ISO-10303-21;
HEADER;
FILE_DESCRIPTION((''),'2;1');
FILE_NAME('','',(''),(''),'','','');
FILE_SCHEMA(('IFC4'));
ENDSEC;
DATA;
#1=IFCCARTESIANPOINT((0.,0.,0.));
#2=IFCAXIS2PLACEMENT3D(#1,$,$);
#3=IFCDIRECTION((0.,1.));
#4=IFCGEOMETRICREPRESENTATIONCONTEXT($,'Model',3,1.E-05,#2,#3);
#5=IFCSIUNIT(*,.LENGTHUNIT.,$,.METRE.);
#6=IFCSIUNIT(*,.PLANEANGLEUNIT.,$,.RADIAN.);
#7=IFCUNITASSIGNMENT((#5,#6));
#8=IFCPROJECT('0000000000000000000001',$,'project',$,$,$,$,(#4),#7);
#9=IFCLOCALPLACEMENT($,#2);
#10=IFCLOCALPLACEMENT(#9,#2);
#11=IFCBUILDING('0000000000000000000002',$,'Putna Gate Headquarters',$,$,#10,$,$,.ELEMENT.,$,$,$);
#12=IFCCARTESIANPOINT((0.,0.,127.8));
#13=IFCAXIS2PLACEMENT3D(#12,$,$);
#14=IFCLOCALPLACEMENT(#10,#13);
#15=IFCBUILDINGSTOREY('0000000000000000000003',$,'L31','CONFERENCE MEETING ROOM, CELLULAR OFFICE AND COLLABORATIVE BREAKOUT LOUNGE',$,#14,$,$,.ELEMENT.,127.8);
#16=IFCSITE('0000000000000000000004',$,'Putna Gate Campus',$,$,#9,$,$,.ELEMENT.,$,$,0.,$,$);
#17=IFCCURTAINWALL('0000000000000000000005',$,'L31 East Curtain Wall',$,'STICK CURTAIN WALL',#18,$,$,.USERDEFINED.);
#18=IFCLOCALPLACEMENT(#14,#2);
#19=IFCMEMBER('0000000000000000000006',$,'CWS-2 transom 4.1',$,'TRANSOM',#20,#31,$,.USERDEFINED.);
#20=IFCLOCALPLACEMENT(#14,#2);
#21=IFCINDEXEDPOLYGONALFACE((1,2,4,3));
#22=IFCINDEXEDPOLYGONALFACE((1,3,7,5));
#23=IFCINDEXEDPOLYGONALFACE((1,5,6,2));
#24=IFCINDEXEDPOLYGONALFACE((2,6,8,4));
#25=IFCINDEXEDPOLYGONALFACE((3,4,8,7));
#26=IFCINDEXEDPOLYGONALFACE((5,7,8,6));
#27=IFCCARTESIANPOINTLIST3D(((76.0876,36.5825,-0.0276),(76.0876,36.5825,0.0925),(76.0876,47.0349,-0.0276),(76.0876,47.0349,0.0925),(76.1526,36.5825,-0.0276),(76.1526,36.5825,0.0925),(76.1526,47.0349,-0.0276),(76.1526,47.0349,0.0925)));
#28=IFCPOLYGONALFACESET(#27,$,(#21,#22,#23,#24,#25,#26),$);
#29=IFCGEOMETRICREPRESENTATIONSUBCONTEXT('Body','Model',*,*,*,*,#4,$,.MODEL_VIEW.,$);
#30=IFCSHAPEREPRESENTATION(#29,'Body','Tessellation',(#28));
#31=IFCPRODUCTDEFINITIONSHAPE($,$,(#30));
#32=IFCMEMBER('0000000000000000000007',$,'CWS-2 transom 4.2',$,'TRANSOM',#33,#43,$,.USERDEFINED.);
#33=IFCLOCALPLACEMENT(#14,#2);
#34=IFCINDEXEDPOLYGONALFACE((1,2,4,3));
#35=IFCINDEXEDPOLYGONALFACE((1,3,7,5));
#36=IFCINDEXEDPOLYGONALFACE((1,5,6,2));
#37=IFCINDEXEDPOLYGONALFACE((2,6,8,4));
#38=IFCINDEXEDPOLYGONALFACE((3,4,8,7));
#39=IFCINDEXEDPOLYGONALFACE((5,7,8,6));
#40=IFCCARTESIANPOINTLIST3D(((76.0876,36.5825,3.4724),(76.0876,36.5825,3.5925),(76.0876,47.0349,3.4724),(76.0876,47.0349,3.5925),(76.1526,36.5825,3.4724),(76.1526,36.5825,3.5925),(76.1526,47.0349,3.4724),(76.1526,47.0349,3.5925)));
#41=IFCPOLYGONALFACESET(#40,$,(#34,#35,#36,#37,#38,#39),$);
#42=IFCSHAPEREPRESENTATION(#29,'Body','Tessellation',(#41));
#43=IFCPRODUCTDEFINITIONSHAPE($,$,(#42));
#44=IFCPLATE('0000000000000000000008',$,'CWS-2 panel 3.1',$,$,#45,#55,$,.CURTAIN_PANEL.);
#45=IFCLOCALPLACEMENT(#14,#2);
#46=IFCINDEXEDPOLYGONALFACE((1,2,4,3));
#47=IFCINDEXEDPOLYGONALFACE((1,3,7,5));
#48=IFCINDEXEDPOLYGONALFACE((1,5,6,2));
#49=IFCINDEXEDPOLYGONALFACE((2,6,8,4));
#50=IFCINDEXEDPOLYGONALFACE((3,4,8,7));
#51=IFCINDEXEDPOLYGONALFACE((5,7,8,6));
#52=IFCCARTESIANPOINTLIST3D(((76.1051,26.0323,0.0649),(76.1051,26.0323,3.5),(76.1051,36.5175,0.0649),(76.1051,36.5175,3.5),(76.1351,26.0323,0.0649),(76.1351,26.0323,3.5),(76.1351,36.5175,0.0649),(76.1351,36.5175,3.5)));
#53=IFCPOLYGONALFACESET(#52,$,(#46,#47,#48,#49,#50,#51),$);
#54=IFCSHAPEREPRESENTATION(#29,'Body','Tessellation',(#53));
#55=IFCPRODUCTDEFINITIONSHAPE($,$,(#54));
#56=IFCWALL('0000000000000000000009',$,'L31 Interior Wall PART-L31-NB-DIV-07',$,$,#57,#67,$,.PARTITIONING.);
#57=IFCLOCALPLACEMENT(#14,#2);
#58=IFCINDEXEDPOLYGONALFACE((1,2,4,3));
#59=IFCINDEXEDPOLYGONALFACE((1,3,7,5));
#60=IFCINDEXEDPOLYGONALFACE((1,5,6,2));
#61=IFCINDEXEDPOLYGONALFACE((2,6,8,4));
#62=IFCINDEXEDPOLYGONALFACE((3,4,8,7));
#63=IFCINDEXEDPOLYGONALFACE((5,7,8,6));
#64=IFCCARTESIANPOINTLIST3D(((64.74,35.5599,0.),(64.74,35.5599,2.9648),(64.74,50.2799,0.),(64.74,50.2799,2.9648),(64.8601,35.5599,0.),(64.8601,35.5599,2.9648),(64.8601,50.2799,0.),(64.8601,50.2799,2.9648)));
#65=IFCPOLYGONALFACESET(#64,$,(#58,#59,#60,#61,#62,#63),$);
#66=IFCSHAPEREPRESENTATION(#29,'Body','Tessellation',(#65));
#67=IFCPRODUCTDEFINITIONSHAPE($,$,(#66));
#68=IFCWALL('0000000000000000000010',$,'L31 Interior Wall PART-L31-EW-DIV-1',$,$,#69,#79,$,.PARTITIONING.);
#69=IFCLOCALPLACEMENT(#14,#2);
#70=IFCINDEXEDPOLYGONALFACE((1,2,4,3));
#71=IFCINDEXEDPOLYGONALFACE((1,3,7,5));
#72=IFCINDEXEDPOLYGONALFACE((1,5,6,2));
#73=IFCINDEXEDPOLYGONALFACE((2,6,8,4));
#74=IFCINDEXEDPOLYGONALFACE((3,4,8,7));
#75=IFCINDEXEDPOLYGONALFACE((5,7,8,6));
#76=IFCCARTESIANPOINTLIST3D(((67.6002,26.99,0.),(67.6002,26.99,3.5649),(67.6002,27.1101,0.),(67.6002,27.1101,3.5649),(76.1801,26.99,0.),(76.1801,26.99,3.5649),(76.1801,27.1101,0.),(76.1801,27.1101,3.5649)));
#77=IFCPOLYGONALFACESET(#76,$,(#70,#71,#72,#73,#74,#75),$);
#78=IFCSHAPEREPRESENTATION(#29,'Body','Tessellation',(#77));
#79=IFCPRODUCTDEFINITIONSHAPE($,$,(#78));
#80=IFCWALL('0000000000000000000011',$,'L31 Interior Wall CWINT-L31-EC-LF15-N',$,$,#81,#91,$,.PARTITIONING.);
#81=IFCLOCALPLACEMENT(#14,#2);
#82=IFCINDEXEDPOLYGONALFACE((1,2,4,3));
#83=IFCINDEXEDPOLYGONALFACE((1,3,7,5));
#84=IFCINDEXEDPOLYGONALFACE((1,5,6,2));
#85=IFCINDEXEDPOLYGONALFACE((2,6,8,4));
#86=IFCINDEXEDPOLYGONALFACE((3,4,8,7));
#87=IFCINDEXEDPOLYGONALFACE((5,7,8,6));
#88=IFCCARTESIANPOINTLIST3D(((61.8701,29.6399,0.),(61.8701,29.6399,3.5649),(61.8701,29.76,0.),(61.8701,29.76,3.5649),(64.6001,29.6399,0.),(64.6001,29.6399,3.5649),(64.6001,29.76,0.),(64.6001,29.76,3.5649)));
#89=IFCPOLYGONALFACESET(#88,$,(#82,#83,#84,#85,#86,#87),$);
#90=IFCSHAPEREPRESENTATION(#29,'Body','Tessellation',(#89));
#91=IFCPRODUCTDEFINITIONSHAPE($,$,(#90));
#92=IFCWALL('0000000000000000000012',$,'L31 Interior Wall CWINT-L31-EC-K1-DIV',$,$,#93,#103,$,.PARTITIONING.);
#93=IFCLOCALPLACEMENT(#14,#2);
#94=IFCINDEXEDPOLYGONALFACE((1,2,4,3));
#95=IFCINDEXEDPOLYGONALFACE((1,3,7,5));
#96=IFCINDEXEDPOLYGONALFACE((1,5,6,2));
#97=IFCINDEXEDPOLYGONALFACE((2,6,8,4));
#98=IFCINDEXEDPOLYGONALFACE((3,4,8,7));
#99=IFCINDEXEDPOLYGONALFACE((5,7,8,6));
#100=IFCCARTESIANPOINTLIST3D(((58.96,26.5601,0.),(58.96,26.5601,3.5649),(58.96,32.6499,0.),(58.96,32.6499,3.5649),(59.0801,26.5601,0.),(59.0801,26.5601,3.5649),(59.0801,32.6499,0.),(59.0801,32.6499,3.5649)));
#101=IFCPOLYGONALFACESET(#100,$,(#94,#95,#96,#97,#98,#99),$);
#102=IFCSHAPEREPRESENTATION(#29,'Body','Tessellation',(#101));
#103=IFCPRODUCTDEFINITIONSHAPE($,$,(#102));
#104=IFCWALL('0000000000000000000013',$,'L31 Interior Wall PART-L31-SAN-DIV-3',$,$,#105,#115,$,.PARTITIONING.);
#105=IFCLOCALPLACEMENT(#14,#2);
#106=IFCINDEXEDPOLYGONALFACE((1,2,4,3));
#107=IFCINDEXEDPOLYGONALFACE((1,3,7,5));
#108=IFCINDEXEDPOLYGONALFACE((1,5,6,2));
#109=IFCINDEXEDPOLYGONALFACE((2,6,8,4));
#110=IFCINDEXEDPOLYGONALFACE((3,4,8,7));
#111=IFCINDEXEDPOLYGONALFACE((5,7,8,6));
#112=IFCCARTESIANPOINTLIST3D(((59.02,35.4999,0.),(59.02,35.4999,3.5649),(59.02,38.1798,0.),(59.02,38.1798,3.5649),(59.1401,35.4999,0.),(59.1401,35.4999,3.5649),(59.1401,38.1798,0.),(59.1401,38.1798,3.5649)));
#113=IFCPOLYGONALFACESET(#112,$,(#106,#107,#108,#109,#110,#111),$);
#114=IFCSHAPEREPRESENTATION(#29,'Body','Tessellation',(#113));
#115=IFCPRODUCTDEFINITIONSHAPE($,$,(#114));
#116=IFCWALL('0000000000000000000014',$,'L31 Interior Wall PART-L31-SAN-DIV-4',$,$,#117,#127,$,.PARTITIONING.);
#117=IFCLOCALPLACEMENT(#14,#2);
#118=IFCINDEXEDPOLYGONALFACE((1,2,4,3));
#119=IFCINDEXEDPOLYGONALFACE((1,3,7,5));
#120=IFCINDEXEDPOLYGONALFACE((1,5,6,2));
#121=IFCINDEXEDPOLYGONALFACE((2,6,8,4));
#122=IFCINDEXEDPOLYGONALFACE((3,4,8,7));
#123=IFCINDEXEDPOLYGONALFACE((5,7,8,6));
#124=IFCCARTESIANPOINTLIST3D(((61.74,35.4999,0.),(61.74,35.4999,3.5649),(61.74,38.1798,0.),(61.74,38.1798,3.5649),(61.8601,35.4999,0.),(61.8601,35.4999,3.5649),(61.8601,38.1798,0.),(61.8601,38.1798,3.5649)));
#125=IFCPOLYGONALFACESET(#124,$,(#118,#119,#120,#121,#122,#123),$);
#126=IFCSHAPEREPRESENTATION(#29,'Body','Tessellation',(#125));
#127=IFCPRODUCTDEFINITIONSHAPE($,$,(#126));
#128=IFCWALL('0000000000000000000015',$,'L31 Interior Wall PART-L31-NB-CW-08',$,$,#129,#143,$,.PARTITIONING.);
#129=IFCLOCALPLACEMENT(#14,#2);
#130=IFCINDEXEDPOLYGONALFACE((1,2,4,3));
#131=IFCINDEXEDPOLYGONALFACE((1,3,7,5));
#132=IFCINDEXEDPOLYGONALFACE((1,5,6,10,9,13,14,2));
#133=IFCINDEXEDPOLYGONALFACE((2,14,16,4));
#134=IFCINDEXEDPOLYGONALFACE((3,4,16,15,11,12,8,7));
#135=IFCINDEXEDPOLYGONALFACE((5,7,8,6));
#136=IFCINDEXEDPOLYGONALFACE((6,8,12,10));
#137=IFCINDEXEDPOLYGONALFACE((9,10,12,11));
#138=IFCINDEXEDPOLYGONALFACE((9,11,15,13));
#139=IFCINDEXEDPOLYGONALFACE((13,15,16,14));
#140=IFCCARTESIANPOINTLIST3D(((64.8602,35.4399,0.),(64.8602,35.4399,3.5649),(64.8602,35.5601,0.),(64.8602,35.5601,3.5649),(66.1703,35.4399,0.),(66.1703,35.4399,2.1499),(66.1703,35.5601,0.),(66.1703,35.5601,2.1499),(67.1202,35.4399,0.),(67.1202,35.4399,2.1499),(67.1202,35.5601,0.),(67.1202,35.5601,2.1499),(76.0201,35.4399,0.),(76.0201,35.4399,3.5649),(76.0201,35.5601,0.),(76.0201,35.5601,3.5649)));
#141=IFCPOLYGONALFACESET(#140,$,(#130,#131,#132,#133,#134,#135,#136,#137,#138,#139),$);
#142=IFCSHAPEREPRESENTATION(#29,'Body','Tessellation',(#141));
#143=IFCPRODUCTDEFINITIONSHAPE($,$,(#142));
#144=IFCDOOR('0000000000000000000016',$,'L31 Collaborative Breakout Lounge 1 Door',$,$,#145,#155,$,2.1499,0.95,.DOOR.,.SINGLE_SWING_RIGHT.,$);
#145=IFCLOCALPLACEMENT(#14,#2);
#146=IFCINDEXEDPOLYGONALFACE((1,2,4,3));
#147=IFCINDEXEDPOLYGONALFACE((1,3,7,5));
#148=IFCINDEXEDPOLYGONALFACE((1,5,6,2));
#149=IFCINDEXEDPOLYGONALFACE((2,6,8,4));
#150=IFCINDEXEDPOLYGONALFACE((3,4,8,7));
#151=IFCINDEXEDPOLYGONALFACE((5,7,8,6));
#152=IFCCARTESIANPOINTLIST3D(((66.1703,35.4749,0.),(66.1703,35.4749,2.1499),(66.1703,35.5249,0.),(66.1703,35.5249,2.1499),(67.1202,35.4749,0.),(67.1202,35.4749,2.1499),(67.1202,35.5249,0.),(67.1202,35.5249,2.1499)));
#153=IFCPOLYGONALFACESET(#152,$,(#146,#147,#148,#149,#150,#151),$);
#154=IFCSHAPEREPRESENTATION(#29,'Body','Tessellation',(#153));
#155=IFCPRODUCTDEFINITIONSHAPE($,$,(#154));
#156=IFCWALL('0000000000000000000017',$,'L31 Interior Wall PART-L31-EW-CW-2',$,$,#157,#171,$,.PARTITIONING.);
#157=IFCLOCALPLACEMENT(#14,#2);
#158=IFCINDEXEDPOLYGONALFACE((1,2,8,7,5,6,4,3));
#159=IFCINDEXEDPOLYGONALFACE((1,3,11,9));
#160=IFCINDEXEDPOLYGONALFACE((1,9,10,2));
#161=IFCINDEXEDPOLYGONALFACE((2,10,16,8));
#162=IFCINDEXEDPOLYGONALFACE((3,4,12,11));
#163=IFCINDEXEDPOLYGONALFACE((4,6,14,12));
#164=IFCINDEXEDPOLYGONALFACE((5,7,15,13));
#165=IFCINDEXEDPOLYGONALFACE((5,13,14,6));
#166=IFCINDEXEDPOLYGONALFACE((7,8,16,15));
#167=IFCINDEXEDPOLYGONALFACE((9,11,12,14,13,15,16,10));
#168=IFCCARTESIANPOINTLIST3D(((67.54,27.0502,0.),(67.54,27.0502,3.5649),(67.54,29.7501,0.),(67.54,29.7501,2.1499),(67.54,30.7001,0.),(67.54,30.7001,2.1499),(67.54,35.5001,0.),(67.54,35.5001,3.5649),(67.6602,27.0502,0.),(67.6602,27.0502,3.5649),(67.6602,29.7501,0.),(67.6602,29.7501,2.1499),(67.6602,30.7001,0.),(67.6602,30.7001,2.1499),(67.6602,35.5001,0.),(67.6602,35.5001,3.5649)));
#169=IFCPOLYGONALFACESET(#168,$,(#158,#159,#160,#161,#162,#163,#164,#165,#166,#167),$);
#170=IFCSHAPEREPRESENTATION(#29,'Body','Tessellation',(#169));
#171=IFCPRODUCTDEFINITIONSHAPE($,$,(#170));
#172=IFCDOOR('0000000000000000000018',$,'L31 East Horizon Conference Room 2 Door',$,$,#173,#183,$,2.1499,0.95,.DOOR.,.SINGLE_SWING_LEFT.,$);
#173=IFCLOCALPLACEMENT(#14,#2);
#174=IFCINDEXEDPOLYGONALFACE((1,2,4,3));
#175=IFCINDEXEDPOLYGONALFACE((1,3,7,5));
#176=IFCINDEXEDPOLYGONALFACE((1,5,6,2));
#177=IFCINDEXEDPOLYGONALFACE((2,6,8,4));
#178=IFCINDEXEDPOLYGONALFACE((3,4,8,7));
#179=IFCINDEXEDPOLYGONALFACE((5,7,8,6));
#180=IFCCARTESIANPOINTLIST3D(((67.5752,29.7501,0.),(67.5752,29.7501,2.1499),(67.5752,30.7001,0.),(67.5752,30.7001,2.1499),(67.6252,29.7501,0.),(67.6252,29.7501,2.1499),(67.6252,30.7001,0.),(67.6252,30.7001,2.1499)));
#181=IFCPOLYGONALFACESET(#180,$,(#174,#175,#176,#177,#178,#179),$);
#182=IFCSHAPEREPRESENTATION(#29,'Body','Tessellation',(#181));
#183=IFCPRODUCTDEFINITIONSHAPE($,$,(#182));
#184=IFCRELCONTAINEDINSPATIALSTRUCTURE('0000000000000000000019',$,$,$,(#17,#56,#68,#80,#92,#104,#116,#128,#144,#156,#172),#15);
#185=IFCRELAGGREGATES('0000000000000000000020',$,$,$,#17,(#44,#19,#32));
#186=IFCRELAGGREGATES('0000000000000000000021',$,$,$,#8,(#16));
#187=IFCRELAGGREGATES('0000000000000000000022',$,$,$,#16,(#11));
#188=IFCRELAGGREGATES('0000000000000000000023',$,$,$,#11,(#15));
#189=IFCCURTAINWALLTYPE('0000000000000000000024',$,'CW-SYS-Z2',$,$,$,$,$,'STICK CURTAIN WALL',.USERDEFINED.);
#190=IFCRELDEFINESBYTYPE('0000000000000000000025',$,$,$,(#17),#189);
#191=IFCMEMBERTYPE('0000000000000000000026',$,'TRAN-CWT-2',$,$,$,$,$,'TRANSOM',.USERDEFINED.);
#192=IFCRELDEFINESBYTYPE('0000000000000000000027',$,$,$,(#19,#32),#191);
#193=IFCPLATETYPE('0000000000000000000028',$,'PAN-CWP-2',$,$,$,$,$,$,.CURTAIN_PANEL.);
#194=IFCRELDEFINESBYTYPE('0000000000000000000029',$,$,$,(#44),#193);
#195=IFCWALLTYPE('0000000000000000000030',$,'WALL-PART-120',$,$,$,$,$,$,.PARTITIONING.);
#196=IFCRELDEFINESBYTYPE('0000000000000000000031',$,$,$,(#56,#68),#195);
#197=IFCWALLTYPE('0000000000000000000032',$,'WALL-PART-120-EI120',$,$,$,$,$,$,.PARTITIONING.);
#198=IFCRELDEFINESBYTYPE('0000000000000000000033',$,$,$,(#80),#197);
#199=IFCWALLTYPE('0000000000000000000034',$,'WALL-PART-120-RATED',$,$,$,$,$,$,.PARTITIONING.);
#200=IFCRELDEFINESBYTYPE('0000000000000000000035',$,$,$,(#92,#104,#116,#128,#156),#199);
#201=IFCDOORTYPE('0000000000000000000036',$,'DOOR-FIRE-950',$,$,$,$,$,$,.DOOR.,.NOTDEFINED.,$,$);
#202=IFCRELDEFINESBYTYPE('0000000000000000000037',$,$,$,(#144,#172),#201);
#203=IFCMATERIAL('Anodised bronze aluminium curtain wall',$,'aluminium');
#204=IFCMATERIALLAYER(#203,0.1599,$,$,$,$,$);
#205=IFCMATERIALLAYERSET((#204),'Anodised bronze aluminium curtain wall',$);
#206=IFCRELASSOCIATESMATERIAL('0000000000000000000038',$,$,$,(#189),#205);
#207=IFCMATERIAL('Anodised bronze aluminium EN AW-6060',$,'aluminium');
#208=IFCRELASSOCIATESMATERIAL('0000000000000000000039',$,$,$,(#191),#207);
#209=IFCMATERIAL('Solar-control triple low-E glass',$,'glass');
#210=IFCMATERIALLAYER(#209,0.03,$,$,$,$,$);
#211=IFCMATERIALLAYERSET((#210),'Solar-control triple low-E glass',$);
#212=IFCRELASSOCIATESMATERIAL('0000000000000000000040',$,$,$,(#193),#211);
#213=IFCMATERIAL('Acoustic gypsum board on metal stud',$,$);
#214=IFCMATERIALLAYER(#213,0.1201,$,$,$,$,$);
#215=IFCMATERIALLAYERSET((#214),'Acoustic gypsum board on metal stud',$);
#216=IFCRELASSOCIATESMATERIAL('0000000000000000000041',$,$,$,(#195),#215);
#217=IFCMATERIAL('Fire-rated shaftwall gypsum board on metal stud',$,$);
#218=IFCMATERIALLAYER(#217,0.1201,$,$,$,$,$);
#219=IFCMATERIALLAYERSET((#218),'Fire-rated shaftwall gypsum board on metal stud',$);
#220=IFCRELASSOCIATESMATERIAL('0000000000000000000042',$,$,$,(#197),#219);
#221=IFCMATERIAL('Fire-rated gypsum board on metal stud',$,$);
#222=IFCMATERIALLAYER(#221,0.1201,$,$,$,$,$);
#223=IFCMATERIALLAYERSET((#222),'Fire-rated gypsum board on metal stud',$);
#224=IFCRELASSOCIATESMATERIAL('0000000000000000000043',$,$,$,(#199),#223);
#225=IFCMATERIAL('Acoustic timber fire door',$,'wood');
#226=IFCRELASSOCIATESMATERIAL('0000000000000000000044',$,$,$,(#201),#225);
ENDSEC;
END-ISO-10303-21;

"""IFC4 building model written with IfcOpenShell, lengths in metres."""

from ifc_helpers import new_model, si_unit, direction, frame, frame_2d, origin, origin_2d, place, context, subcontext, project, spatial, rectangle, extrude, material, layer, layer_set, material_profile, profile_set, type_object, element, fill, aggregate, save


model = new_model("IFC4")

# Units and contexts
model_context = context("Model", 3, precision=1e-05, world=origin(), true_north=direction((0.0, 1.0)))
body_context = subcontext(model_context, "Body", "Model", "MODEL_VIEW")
ifc_project = project(units=[si_unit("LENGTHUNIT", "METRE"), si_unit("PLANEANGLEUNIT", "RADIAN")], contexts=[model_context])

# Site, building, storey
site_placement = place(None, origin())
site = spatial("IfcSite", under=ifc_project, at=site_placement, Name="Putna Gate Campus", CompositionType="ELEMENT", RefElevation=0.0)
building_placement = place(site_placement, origin())
building = spatial("IfcBuilding", under=site, at=building_placement, Name="Putna Gate Headquarters", CompositionType="ELEMENT")
storey_placement = place(building_placement, frame((0.0, 0.0, 127.8)))
storey = spatial("IfcBuildingStorey", under=building, at=storey_placement, Name="L31", Description="CONFERENCE MEETING ROOM, CELLULAR OFFICE AND COLLABORATIVE BREAKOUT LOUNGE", CompositionType="ELEMENT", Elevation=127.8)

# Curtain wall, members, plate
ifc_material_1 = material(Name="Anodised bronze aluminium curtain wall", Category="aluminium")
ifc_layer_1 = layer(ifc_material_1, 0.1599)
ifc_layer_set_1 = layer_set([ifc_layer_1], Name="Anodised bronze aluminium curtain wall")
curtain_wall_type = type_object("IfcCurtainWallType", Name="CW-SYS-Z2", ElementType="STICK CURTAIN WALL", PredefinedType="USERDEFINED", material=ifc_layer_set_1)
curtain_wall_placement = place(storey_placement, origin())
curtain_wall = element("IfcCurtainWall", 1, at=curtain_wall_placement, inside=storey, type_object=curtain_wall_type, Name="L31 East Curtain Wall", ObjectType="STICK CURTAIN WALL", PredefinedType="USERDEFINED")
ifc_material_2 = material(Name="Anodised bronze aluminium EN AW-6060", Category="aluminium")
ifc_material_profile_1 = material_profile(ifc_material_2, rectangle(XDim=0.0649, YDim=0.1201, at=origin_2d()), Name="Anodised bronze aluminium EN AW-6060")
ifc_profile_set_1 = profile_set([ifc_material_profile_1], Name="Anodised bronze aluminium EN AW-6060")
member_type_1 = type_object("IfcMemberType", Name="TRAN-CWT-2", ElementType="TRANSOM", PredefinedType="USERDEFINED", material=ifc_profile_set_1)
member_1_placement = place(storey_placement, frame((76.1201, 36.5825, 0.0325), z_axis=(0.0, 1.0, 0.0), x_axis=(-1.0, 0.0, 0.0)))
member_1 = element("IfcMember", 2, at=member_1_placement, type_object=member_type_1, Name="CWS-2 transom 4.1", ObjectType="TRANSOM", PredefinedType="USERDEFINED", context=body_context, shape_type="SweptSolid", body=[
    extrude(rectangle(XDim=0.0649, YDim=0.1201, at=origin_2d()), origin(), (0.0, 0.0, 1.0), 10.4524),
])
member_2_placement = place(storey_placement, frame((76.1201, 36.5825, 3.5325), z_axis=(0.0, 1.0, 0.0), x_axis=(-1.0, 0.0, 0.0)))
member_2 = element("IfcMember", 3, at=member_2_placement, type_object=member_type_1, Name="CWS-2 transom 4.2", ObjectType="TRANSOM", PredefinedType="USERDEFINED", context=body_context, shape_type="SweptSolid", body=[
    extrude(rectangle(XDim=0.0649, YDim=0.1201, at=origin_2d()), origin(), (0.0, 0.0, 1.0), 10.4524),
])
ifc_material_3 = material(Name="Solar-control triple low-E glass", Category="glass")
ifc_layer_2 = layer(ifc_material_3, 0.03)
ifc_layer_set_2 = layer_set([ifc_layer_2], Name="Solar-control triple low-E glass")
plate_type = type_object("IfcPlateType", Name="PAN-CWP-2", PredefinedType="CURTAIN_PANEL", material=ifc_layer_set_2)
plate_placement = place(storey_placement, frame((76.1201, 31.2749, 0.0649), z_axis=(0.0, 0.0, 1.0), x_axis=(0.0, 1.0, 0.0)))
plate = element("IfcPlate", 4, at=plate_placement, type_object=plate_type, Name="CWS-2 panel 3.1", PredefinedType="CURTAIN_PANEL", context=body_context, shape_type="SweptSolid", body=[
    extrude(rectangle(XDim=10.4851, YDim=0.03, at=origin_2d()), origin(), (0.0, 0.0, 1.0), 3.4351),
])
aggregate(curtain_wall, [plate, member_1, member_2])

# Walls
ifc_material_4 = material(Name="Acoustic gypsum board on metal stud")
ifc_layer_3 = layer(ifc_material_4, 0.1201)
ifc_layer_set_3 = layer_set([ifc_layer_3], Name="Acoustic gypsum board on metal stud")
wall_type_1 = type_object("IfcWallType", Name="WALL-PART-120", PredefinedType="PARTITIONING", material=ifc_layer_set_3)
wall_1_placement = place(storey_placement, frame((64.8, 35.5601, 0.0), z_axis=(0.0, 0.0, 1.0), x_axis=(0.0, 1.0, 0.0)))
element("IfcWall", 5, at=wall_1_placement, inside=storey, type_object=wall_type_1, Name="L31 Interior Wall PART-L31-NB-DIV-07", PredefinedType="PARTITIONING", context=body_context, shape_type="SweptSolid", body=[
    extrude(rectangle(XDim=14.72, YDim=0.1201, at=frame_2d((7.3599, 0.0))), origin(), (0.0, 0.0, 1.0), 2.9648),
])
wall_2_placement = place(storey_placement, frame((67.6001, 27.05, 0.0), z_axis=(0.0, 0.0, 1.0), x_axis=(1.0, 0.0, 0.0)))
element("IfcWall", 6, at=wall_2_placement, inside=storey, type_object=wall_type_1, Name="L31 Interior Wall PART-L31-EW-DIV-1", PredefinedType="PARTITIONING", context=body_context, shape_type="SweptSolid", body=[
    extrude(rectangle(XDim=8.5798, YDim=0.1201, at=frame_2d((4.29, 0.0))), origin(), (0.0, 0.0, 1.0), 3.5649),
])
ifc_material_5 = material(Name="Fire-rated shaftwall gypsum board on metal stud")
ifc_layer_4 = layer(ifc_material_5, 0.1201)
ifc_layer_set_4 = layer_set([ifc_layer_4], Name="Fire-rated shaftwall gypsum board on metal stud")
wall_type_2 = type_object("IfcWallType", Name="WALL-PART-120-EI120", PredefinedType="PARTITIONING", material=ifc_layer_set_4)
wall_3_placement = place(storey_placement, frame((61.8701, 29.7, 0.0), z_axis=(0.0, 0.0, 1.0), x_axis=(1.0, 0.0, 0.0)))
element("IfcWall", 7, at=wall_3_placement, inside=storey, type_object=wall_type_2, Name="L31 Interior Wall CWINT-L31-EC-LF15-N", PredefinedType="PARTITIONING", context=body_context, shape_type="SweptSolid", body=[
    extrude(rectangle(XDim=2.73, YDim=0.1201, at=frame_2d((1.365, 0.0))), origin(), (0.0, 0.0, 1.0), 3.5649),
])
ifc_material_6 = material(Name="Fire-rated gypsum board on metal stud")
ifc_layer_5 = layer(ifc_material_6, 0.1201)
ifc_layer_set_5 = layer_set([ifc_layer_5], Name="Fire-rated gypsum board on metal stud")
wall_type_3 = type_object("IfcWallType", Name="WALL-PART-120-RATED", PredefinedType="PARTITIONING", material=ifc_layer_set_5)
wall_4_placement = place(storey_placement, frame((59.02, 26.5601, 0.0), z_axis=(0.0, 0.0, 1.0), x_axis=(0.0, 1.0, 0.0)))
element("IfcWall", 8, at=wall_4_placement, inside=storey, type_object=wall_type_3, Name="L31 Interior Wall CWINT-L31-EC-K1-DIV", PredefinedType="PARTITIONING", context=body_context, shape_type="SweptSolid", body=[
    extrude(rectangle(XDim=6.0898, YDim=0.1201, at=frame_2d((3.0449, 0.0))), origin(), (0.0, 0.0, 1.0), 3.5649),
])
for number, where, z_axis, x_axis, name in (
    (9, (59.0801, 35.5, 0.0), (0.0, 0.0, 1.0), (0.0, 1.0, 0.0), "L31 Interior Wall PART-L31-SAN-DIV-3"),
    (10, (61.8, 35.5, 0.0), (0.0, 0.0, 1.0), (0.0, 1.0, 0.0), "L31 Interior Wall PART-L31-SAN-DIV-4"),
):
    element("IfcWall", number, at=place(storey_placement, frame(where, z_axis=z_axis, x_axis=x_axis)), inside=storey, type_object=wall_type_3, Name=name, PredefinedType="PARTITIONING", context=body_context, shape_type="SweptSolid", body=[
        extrude(rectangle(XDim=2.6799, YDim=0.1201, at=frame_2d((1.3398, 0.0))), origin(), (0.0, 0.0, 1.0), 3.5649),
    ])

# Walls, openings, doors
wall_5_placement = place(storey_placement, frame((64.8601, 35.5, 0.0), z_axis=(0.0, 0.0, 1.0), x_axis=(1.0, 0.0, 0.0)))
wall_5 = element("IfcWall", 11, at=wall_5_placement, inside=storey, type_object=wall_type_3, Name="L31 Interior Wall PART-L31-NB-CW-08", PredefinedType="PARTITIONING", context=body_context, shape_type="SweptSolid", body=[
    extrude(rectangle(XDim=11.1599, YDim=0.1201, at=frame_2d((5.5801, 0.0))), origin(), (0.0, 0.0, 1.0), 3.5649),
])
opening_1_placement = place(wall_5_placement, frame((1.3101, 0.0, 0.0)))
opening_1 = element("IfcOpeningElement", 12, at=opening_1_placement, cuts=wall_5, PredefinedType="OPENING", context=body_context, shape_type="SweptSolid", body=[
    extrude(rectangle(XDim=0.95, YDim=2.1499, at=frame_2d((0.4751, 1.075))), frame((0.0, 0.0701, 0.0), z_axis=(0.0, -1.0, 0.0), x_axis=(1.0, 0.0, 0.0)), (0.0, 0.0, 1.0), 0.1401),
])
ifc_material_7 = material(Name="Acoustic timber fire door", Category="wood")
door_type_1 = type_object("IfcDoorType", Name="DOOR-FIRE-950", OperationType="NOTDEFINED", PredefinedType="DOOR", material=ifc_material_7)
door_1_placement = place(opening_1_placement, origin())
door_1 = element("IfcDoor", 13, at=door_1_placement, inside=storey, type_object=door_type_1, Name="L31 Collaborative Breakout Lounge 1 Door", OperationType="SINGLE_SWING_RIGHT", OverallHeight=2.1499, OverallWidth=0.95, PredefinedType="DOOR", context=body_context, shape_type="SweptSolid", body=[
    extrude(rectangle(XDim=0.95, YDim=2.1499, at=frame_2d((0.4751, 1.075))), frame((0.0, 0.0249, 0.0), z_axis=(0.0, -1.0, 0.0), x_axis=(1.0, 0.0, 0.0)), (0.0, 0.0, 1.0), 0.05),
])
fill(opening_1, door_1)
wall_6_placement = place(storey_placement, frame((67.6001, 27.05, 0.0), z_axis=(0.0, 0.0, 1.0), x_axis=(0.0, 1.0, 0.0)))
wall_6 = element("IfcWall", 14, at=wall_6_placement, inside=storey, type_object=wall_type_3, Name="L31 Interior Wall PART-L31-EW-CW-2", PredefinedType="PARTITIONING", context=body_context, shape_type="SweptSolid", body=[
    extrude(rectangle(XDim=8.45, YDim=0.1201, at=frame_2d((4.2251, 0.0))), origin(), (0.0, 0.0, 1.0), 3.5649),
])
opening_2_placement = place(wall_6_placement, frame((2.7, 0.0, 0.0)))
opening_2 = element("IfcOpeningElement", 15, at=opening_2_placement, cuts=wall_6, PredefinedType="OPENING", context=body_context, shape_type="SweptSolid", body=[
    extrude(rectangle(XDim=0.95, YDim=2.1499, at=frame_2d((0.4751, 1.075))), frame((0.0, 0.0701, 0.0), z_axis=(0.0, -1.0, 0.0), x_axis=(1.0, 0.0, 0.0)), (0.0, 0.0, 1.0), 0.1401),
])
door_2_placement = place(opening_2_placement, origin())
door_2 = element("IfcDoor", 16, at=door_2_placement, inside=storey, type_object=door_type_1, Name="L31 East Horizon Conference Room 2 Door", OperationType="SINGLE_SWING_LEFT", OverallHeight=2.1499, OverallWidth=0.95, PredefinedType="DOOR", context=body_context, shape_type="SweptSolid", body=[
    extrude(rectangle(XDim=0.95, YDim=2.1499, at=frame_2d((0.4751, 1.075))), frame((0.0, 0.0249, 0.0), z_axis=(0.0, -1.0, 0.0), x_axis=(1.0, 0.0, 0.0)), (0.0, 0.0, 1.0), 0.05),
])
fill(opening_2, door_2)

save(model, "model.ifc")
